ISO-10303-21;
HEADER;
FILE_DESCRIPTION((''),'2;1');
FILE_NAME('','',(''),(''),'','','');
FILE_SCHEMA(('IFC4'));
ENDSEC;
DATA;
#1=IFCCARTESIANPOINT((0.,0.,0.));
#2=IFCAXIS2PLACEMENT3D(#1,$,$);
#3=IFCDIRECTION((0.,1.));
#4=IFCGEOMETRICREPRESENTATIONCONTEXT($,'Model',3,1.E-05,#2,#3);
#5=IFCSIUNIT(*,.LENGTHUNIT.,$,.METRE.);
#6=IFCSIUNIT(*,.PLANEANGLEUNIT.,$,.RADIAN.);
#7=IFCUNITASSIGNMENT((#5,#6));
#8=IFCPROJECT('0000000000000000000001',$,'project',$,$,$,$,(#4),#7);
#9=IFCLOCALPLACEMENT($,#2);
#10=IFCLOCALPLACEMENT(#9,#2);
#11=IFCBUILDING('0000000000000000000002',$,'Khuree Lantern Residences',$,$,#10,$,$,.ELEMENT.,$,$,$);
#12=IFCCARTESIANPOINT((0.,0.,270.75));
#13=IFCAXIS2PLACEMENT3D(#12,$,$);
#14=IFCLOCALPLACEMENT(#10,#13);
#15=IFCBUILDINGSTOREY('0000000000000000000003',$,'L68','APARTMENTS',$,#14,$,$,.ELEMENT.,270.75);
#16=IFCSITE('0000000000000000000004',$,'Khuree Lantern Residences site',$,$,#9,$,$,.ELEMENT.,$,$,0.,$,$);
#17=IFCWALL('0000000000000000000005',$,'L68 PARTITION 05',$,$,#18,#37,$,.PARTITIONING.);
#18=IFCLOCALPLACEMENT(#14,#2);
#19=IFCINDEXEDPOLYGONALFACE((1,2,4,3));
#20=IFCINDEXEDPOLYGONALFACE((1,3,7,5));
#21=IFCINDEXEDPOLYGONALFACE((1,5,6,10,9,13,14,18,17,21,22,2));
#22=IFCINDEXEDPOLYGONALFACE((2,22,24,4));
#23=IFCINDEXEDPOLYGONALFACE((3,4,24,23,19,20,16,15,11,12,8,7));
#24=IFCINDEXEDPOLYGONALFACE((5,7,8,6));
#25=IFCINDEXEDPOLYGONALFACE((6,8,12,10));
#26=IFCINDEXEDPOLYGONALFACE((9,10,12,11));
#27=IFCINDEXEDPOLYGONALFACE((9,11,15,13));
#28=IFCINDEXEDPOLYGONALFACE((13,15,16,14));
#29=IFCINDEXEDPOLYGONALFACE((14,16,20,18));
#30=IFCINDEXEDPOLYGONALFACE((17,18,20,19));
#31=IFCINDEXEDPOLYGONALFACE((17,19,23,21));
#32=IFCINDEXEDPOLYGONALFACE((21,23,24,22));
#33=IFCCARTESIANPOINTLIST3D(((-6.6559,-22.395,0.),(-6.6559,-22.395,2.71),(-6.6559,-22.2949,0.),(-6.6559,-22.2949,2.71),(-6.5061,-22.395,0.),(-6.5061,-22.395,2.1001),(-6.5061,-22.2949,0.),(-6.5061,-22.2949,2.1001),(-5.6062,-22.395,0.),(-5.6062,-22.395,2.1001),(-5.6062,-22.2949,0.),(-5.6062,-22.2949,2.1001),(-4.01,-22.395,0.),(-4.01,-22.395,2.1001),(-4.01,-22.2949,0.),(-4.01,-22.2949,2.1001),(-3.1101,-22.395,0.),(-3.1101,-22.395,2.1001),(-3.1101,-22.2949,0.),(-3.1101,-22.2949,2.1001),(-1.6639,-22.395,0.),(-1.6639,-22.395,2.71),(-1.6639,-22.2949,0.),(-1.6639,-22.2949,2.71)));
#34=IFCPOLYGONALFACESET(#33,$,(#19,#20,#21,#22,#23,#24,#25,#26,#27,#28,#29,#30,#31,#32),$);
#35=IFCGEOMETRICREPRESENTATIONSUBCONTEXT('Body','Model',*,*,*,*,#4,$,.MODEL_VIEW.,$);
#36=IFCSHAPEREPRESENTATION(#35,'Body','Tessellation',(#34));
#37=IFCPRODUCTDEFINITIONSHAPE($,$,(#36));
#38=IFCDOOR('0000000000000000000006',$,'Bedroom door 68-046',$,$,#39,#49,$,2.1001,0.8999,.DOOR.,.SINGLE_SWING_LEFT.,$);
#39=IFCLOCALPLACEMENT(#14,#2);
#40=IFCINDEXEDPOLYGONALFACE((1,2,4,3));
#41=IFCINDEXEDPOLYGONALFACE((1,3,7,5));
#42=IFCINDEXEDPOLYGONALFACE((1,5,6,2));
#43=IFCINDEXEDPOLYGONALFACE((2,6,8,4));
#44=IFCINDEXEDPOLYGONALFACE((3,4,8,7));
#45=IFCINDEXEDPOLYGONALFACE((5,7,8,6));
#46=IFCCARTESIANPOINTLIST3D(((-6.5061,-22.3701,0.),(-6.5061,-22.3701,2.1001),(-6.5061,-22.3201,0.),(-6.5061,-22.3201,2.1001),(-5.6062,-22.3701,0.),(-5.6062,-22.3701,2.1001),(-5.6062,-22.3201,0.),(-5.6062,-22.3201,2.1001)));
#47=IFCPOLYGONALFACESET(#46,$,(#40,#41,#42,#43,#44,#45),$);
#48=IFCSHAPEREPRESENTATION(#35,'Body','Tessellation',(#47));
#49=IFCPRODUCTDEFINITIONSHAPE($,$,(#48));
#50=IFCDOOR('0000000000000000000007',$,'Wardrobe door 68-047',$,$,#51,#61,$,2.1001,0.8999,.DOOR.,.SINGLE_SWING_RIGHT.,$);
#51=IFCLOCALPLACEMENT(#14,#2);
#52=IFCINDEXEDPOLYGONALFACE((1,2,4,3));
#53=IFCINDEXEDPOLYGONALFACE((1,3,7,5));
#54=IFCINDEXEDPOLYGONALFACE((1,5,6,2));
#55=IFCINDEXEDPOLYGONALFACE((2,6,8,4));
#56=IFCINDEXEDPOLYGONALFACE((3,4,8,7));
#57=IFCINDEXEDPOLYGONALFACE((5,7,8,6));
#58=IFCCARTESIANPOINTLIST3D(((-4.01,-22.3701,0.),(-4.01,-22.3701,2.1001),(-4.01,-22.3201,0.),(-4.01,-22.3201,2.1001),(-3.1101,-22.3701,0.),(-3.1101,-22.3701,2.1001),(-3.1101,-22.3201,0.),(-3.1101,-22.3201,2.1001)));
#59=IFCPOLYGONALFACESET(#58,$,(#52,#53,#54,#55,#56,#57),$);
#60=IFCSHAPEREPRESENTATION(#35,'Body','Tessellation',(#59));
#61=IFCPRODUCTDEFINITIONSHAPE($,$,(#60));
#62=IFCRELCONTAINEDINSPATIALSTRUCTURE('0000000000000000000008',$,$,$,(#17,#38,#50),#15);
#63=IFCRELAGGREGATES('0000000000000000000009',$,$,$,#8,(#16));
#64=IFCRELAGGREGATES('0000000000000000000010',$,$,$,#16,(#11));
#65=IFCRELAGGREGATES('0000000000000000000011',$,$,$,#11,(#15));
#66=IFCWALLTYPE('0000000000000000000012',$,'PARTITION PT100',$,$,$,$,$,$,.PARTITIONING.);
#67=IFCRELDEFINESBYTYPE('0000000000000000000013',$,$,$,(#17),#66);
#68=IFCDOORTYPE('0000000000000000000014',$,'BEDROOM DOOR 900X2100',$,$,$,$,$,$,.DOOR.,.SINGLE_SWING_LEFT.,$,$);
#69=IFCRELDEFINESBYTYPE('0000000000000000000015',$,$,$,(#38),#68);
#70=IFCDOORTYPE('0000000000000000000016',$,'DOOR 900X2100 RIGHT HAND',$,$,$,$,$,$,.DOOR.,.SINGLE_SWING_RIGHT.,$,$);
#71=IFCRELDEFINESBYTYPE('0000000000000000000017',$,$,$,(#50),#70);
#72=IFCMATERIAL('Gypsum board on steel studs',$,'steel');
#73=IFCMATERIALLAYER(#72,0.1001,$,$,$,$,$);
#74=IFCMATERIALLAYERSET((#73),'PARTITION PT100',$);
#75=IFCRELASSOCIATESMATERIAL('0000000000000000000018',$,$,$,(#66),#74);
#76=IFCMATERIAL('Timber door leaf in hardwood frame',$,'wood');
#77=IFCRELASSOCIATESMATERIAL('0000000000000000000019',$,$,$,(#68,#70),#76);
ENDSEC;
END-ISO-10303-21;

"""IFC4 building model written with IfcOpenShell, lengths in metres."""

from ifc_helpers import new_model, si_unit, direction, frame, frame_2d, origin, place, context, subcontext, project, spatial, rectangle, extrude, material, layer, layer_set, type_object, element, fill, save


model = new_model("IFC4")

# Units and contexts
model_context = context("Model", 3, precision=1e-05, world=origin(), true_north=direction((0.0, 1.0)))
body_context = subcontext(model_context, "Body", "Model", "MODEL_VIEW")
ifc_project = project(units=[si_unit("LENGTHUNIT", "METRE"), si_unit("PLANEANGLEUNIT", "RADIAN")], contexts=[model_context])

# Site, building, storey
site_placement = place(None, origin())
site = spatial("IfcSite", under=ifc_project, at=site_placement, Name="Khuree Lantern Residences site", CompositionType="ELEMENT", RefElevation=0.0)
building_placement = place(site_placement, origin())
building = spatial("IfcBuilding", under=site, at=building_placement, Name="Khuree Lantern Residences", CompositionType="ELEMENT")
storey_placement = place(building_placement, frame((0.0, 0.0, 270.75)))
storey = spatial("IfcBuildingStorey", under=building, at=storey_placement, Name="L68", Description="APARTMENTS", CompositionType="ELEMENT", Elevation=270.75)

# Shared definitions
ifc_material_1 = material(Name="Gypsum board on steel studs", Category="steel")
ifc_layer_1 = layer(ifc_material_1, 0.1001)
ifc_layer_set_1 = layer_set([ifc_layer_1], Name="PARTITION PT100")
wall_type_1 = type_object("IfcWallType", Name="PARTITION PT100", PredefinedType="PARTITIONING", material=ifc_layer_set_1)

# Shared definitions
ifc_material_2 = material(Name="Timber door leaf in hardwood frame", Category="wood")
door_type_1 = type_object("IfcDoorType", Name="BEDROOM DOOR 900X2100", OperationType="SINGLE_SWING_LEFT", PredefinedType="DOOR", material=ifc_material_2)

# Wall, openings, doors
wall_1_placement = place(storey_placement, frame((-6.656, -22.345, 0.0), z_axis=(0.0, 0.0, 1.0), x_axis=(1.0, 0.0, 0.0)))
wall_1 = element("IfcWall", 1, at=wall_1_placement, inside=storey, type_object=wall_type_1, Name="L68 PARTITION 05", PredefinedType="PARTITIONING", context=body_context, shape_type="SweptSolid", body=[
    extrude(rectangle(XDim=4.9919, YDim=0.1001, at=frame_2d((2.4961, 0.0))), origin(), (0.0, 0.0, 1.0), 2.71),
])
opening_1_placement = place(wall_1_placement, frame((0.1499, 0.0, 0.0)))
opening_1 = element("IfcOpeningElement", 2, at=opening_1_placement, cuts=wall_1, PredefinedType="OPENING", context=body_context, shape_type="SweptSolid", body=[
    extrude(rectangle(XDim=0.8999, YDim=2.1001, at=frame_2d((0.45, 1.05))), frame((0.0, 0.0601, 0.0), z_axis=(0.0, -1.0, 0.0), x_axis=(1.0, 0.0, 0.0)), (0.0, 0.0, 1.0), 0.1201),
])
opening_2_placement = place(wall_1_placement, frame((2.646, 0.0, 0.0)))
opening_2 = element("IfcOpeningElement", 3, at=opening_2_placement, cuts=wall_1, PredefinedType="OPENING", context=body_context, shape_type="SweptSolid", body=[
    extrude(rectangle(XDim=0.8999, YDim=2.1001, at=frame_2d((0.45, 1.05))), frame((0.0, 0.0601, 0.0), z_axis=(0.0, -1.0, 0.0), x_axis=(1.0, 0.0, 0.0)), (0.0, 0.0, 1.0), 0.1201),
])
door_1_placement = place(opening_1_placement, origin())
door_1 = element("IfcDoor", 4, at=door_1_placement, inside=storey, type_object=door_type_1, Name="Bedroom door 68-046", OperationType="SINGLE_SWING_LEFT", OverallHeight=2.1001, OverallWidth=0.8999, PredefinedType="DOOR", context=body_context, shape_type="SweptSolid", body=[
    extrude(rectangle(XDim=0.8999, YDim=2.1001, at=frame_2d((0.45, 1.05))), frame((0.0, 0.0249, 0.0), z_axis=(0.0, -1.0, 0.0), x_axis=(1.0, 0.0, 0.0)), (0.0, 0.0, 1.0), 0.05),
])
fill(opening_1, door_1)
door_type_2 = type_object("IfcDoorType", Name="DOOR 900X2100 RIGHT HAND", OperationType="SINGLE_SWING_RIGHT", PredefinedType="DOOR", material=ifc_material_2)
door_2_placement = place(opening_2_placement, origin())
door_2 = element("IfcDoor", 5, at=door_2_placement, inside=storey, type_object=door_type_2, Name="Wardrobe door 68-047", OperationType="SINGLE_SWING_RIGHT", OverallHeight=2.1001, OverallWidth=0.8999, PredefinedType="DOOR", context=body_context, shape_type="SweptSolid", body=[
    extrude(rectangle(XDim=0.8999, YDim=2.1001, at=frame_2d((0.45, 1.05))), frame((0.0, 0.0249, 0.0), z_axis=(0.0, -1.0, 0.0), x_axis=(1.0, 0.0, 0.0)), (0.0, 0.0, 1.0), 0.05),
])
fill(opening_2, door_2)

save(model, "model.ifc")
